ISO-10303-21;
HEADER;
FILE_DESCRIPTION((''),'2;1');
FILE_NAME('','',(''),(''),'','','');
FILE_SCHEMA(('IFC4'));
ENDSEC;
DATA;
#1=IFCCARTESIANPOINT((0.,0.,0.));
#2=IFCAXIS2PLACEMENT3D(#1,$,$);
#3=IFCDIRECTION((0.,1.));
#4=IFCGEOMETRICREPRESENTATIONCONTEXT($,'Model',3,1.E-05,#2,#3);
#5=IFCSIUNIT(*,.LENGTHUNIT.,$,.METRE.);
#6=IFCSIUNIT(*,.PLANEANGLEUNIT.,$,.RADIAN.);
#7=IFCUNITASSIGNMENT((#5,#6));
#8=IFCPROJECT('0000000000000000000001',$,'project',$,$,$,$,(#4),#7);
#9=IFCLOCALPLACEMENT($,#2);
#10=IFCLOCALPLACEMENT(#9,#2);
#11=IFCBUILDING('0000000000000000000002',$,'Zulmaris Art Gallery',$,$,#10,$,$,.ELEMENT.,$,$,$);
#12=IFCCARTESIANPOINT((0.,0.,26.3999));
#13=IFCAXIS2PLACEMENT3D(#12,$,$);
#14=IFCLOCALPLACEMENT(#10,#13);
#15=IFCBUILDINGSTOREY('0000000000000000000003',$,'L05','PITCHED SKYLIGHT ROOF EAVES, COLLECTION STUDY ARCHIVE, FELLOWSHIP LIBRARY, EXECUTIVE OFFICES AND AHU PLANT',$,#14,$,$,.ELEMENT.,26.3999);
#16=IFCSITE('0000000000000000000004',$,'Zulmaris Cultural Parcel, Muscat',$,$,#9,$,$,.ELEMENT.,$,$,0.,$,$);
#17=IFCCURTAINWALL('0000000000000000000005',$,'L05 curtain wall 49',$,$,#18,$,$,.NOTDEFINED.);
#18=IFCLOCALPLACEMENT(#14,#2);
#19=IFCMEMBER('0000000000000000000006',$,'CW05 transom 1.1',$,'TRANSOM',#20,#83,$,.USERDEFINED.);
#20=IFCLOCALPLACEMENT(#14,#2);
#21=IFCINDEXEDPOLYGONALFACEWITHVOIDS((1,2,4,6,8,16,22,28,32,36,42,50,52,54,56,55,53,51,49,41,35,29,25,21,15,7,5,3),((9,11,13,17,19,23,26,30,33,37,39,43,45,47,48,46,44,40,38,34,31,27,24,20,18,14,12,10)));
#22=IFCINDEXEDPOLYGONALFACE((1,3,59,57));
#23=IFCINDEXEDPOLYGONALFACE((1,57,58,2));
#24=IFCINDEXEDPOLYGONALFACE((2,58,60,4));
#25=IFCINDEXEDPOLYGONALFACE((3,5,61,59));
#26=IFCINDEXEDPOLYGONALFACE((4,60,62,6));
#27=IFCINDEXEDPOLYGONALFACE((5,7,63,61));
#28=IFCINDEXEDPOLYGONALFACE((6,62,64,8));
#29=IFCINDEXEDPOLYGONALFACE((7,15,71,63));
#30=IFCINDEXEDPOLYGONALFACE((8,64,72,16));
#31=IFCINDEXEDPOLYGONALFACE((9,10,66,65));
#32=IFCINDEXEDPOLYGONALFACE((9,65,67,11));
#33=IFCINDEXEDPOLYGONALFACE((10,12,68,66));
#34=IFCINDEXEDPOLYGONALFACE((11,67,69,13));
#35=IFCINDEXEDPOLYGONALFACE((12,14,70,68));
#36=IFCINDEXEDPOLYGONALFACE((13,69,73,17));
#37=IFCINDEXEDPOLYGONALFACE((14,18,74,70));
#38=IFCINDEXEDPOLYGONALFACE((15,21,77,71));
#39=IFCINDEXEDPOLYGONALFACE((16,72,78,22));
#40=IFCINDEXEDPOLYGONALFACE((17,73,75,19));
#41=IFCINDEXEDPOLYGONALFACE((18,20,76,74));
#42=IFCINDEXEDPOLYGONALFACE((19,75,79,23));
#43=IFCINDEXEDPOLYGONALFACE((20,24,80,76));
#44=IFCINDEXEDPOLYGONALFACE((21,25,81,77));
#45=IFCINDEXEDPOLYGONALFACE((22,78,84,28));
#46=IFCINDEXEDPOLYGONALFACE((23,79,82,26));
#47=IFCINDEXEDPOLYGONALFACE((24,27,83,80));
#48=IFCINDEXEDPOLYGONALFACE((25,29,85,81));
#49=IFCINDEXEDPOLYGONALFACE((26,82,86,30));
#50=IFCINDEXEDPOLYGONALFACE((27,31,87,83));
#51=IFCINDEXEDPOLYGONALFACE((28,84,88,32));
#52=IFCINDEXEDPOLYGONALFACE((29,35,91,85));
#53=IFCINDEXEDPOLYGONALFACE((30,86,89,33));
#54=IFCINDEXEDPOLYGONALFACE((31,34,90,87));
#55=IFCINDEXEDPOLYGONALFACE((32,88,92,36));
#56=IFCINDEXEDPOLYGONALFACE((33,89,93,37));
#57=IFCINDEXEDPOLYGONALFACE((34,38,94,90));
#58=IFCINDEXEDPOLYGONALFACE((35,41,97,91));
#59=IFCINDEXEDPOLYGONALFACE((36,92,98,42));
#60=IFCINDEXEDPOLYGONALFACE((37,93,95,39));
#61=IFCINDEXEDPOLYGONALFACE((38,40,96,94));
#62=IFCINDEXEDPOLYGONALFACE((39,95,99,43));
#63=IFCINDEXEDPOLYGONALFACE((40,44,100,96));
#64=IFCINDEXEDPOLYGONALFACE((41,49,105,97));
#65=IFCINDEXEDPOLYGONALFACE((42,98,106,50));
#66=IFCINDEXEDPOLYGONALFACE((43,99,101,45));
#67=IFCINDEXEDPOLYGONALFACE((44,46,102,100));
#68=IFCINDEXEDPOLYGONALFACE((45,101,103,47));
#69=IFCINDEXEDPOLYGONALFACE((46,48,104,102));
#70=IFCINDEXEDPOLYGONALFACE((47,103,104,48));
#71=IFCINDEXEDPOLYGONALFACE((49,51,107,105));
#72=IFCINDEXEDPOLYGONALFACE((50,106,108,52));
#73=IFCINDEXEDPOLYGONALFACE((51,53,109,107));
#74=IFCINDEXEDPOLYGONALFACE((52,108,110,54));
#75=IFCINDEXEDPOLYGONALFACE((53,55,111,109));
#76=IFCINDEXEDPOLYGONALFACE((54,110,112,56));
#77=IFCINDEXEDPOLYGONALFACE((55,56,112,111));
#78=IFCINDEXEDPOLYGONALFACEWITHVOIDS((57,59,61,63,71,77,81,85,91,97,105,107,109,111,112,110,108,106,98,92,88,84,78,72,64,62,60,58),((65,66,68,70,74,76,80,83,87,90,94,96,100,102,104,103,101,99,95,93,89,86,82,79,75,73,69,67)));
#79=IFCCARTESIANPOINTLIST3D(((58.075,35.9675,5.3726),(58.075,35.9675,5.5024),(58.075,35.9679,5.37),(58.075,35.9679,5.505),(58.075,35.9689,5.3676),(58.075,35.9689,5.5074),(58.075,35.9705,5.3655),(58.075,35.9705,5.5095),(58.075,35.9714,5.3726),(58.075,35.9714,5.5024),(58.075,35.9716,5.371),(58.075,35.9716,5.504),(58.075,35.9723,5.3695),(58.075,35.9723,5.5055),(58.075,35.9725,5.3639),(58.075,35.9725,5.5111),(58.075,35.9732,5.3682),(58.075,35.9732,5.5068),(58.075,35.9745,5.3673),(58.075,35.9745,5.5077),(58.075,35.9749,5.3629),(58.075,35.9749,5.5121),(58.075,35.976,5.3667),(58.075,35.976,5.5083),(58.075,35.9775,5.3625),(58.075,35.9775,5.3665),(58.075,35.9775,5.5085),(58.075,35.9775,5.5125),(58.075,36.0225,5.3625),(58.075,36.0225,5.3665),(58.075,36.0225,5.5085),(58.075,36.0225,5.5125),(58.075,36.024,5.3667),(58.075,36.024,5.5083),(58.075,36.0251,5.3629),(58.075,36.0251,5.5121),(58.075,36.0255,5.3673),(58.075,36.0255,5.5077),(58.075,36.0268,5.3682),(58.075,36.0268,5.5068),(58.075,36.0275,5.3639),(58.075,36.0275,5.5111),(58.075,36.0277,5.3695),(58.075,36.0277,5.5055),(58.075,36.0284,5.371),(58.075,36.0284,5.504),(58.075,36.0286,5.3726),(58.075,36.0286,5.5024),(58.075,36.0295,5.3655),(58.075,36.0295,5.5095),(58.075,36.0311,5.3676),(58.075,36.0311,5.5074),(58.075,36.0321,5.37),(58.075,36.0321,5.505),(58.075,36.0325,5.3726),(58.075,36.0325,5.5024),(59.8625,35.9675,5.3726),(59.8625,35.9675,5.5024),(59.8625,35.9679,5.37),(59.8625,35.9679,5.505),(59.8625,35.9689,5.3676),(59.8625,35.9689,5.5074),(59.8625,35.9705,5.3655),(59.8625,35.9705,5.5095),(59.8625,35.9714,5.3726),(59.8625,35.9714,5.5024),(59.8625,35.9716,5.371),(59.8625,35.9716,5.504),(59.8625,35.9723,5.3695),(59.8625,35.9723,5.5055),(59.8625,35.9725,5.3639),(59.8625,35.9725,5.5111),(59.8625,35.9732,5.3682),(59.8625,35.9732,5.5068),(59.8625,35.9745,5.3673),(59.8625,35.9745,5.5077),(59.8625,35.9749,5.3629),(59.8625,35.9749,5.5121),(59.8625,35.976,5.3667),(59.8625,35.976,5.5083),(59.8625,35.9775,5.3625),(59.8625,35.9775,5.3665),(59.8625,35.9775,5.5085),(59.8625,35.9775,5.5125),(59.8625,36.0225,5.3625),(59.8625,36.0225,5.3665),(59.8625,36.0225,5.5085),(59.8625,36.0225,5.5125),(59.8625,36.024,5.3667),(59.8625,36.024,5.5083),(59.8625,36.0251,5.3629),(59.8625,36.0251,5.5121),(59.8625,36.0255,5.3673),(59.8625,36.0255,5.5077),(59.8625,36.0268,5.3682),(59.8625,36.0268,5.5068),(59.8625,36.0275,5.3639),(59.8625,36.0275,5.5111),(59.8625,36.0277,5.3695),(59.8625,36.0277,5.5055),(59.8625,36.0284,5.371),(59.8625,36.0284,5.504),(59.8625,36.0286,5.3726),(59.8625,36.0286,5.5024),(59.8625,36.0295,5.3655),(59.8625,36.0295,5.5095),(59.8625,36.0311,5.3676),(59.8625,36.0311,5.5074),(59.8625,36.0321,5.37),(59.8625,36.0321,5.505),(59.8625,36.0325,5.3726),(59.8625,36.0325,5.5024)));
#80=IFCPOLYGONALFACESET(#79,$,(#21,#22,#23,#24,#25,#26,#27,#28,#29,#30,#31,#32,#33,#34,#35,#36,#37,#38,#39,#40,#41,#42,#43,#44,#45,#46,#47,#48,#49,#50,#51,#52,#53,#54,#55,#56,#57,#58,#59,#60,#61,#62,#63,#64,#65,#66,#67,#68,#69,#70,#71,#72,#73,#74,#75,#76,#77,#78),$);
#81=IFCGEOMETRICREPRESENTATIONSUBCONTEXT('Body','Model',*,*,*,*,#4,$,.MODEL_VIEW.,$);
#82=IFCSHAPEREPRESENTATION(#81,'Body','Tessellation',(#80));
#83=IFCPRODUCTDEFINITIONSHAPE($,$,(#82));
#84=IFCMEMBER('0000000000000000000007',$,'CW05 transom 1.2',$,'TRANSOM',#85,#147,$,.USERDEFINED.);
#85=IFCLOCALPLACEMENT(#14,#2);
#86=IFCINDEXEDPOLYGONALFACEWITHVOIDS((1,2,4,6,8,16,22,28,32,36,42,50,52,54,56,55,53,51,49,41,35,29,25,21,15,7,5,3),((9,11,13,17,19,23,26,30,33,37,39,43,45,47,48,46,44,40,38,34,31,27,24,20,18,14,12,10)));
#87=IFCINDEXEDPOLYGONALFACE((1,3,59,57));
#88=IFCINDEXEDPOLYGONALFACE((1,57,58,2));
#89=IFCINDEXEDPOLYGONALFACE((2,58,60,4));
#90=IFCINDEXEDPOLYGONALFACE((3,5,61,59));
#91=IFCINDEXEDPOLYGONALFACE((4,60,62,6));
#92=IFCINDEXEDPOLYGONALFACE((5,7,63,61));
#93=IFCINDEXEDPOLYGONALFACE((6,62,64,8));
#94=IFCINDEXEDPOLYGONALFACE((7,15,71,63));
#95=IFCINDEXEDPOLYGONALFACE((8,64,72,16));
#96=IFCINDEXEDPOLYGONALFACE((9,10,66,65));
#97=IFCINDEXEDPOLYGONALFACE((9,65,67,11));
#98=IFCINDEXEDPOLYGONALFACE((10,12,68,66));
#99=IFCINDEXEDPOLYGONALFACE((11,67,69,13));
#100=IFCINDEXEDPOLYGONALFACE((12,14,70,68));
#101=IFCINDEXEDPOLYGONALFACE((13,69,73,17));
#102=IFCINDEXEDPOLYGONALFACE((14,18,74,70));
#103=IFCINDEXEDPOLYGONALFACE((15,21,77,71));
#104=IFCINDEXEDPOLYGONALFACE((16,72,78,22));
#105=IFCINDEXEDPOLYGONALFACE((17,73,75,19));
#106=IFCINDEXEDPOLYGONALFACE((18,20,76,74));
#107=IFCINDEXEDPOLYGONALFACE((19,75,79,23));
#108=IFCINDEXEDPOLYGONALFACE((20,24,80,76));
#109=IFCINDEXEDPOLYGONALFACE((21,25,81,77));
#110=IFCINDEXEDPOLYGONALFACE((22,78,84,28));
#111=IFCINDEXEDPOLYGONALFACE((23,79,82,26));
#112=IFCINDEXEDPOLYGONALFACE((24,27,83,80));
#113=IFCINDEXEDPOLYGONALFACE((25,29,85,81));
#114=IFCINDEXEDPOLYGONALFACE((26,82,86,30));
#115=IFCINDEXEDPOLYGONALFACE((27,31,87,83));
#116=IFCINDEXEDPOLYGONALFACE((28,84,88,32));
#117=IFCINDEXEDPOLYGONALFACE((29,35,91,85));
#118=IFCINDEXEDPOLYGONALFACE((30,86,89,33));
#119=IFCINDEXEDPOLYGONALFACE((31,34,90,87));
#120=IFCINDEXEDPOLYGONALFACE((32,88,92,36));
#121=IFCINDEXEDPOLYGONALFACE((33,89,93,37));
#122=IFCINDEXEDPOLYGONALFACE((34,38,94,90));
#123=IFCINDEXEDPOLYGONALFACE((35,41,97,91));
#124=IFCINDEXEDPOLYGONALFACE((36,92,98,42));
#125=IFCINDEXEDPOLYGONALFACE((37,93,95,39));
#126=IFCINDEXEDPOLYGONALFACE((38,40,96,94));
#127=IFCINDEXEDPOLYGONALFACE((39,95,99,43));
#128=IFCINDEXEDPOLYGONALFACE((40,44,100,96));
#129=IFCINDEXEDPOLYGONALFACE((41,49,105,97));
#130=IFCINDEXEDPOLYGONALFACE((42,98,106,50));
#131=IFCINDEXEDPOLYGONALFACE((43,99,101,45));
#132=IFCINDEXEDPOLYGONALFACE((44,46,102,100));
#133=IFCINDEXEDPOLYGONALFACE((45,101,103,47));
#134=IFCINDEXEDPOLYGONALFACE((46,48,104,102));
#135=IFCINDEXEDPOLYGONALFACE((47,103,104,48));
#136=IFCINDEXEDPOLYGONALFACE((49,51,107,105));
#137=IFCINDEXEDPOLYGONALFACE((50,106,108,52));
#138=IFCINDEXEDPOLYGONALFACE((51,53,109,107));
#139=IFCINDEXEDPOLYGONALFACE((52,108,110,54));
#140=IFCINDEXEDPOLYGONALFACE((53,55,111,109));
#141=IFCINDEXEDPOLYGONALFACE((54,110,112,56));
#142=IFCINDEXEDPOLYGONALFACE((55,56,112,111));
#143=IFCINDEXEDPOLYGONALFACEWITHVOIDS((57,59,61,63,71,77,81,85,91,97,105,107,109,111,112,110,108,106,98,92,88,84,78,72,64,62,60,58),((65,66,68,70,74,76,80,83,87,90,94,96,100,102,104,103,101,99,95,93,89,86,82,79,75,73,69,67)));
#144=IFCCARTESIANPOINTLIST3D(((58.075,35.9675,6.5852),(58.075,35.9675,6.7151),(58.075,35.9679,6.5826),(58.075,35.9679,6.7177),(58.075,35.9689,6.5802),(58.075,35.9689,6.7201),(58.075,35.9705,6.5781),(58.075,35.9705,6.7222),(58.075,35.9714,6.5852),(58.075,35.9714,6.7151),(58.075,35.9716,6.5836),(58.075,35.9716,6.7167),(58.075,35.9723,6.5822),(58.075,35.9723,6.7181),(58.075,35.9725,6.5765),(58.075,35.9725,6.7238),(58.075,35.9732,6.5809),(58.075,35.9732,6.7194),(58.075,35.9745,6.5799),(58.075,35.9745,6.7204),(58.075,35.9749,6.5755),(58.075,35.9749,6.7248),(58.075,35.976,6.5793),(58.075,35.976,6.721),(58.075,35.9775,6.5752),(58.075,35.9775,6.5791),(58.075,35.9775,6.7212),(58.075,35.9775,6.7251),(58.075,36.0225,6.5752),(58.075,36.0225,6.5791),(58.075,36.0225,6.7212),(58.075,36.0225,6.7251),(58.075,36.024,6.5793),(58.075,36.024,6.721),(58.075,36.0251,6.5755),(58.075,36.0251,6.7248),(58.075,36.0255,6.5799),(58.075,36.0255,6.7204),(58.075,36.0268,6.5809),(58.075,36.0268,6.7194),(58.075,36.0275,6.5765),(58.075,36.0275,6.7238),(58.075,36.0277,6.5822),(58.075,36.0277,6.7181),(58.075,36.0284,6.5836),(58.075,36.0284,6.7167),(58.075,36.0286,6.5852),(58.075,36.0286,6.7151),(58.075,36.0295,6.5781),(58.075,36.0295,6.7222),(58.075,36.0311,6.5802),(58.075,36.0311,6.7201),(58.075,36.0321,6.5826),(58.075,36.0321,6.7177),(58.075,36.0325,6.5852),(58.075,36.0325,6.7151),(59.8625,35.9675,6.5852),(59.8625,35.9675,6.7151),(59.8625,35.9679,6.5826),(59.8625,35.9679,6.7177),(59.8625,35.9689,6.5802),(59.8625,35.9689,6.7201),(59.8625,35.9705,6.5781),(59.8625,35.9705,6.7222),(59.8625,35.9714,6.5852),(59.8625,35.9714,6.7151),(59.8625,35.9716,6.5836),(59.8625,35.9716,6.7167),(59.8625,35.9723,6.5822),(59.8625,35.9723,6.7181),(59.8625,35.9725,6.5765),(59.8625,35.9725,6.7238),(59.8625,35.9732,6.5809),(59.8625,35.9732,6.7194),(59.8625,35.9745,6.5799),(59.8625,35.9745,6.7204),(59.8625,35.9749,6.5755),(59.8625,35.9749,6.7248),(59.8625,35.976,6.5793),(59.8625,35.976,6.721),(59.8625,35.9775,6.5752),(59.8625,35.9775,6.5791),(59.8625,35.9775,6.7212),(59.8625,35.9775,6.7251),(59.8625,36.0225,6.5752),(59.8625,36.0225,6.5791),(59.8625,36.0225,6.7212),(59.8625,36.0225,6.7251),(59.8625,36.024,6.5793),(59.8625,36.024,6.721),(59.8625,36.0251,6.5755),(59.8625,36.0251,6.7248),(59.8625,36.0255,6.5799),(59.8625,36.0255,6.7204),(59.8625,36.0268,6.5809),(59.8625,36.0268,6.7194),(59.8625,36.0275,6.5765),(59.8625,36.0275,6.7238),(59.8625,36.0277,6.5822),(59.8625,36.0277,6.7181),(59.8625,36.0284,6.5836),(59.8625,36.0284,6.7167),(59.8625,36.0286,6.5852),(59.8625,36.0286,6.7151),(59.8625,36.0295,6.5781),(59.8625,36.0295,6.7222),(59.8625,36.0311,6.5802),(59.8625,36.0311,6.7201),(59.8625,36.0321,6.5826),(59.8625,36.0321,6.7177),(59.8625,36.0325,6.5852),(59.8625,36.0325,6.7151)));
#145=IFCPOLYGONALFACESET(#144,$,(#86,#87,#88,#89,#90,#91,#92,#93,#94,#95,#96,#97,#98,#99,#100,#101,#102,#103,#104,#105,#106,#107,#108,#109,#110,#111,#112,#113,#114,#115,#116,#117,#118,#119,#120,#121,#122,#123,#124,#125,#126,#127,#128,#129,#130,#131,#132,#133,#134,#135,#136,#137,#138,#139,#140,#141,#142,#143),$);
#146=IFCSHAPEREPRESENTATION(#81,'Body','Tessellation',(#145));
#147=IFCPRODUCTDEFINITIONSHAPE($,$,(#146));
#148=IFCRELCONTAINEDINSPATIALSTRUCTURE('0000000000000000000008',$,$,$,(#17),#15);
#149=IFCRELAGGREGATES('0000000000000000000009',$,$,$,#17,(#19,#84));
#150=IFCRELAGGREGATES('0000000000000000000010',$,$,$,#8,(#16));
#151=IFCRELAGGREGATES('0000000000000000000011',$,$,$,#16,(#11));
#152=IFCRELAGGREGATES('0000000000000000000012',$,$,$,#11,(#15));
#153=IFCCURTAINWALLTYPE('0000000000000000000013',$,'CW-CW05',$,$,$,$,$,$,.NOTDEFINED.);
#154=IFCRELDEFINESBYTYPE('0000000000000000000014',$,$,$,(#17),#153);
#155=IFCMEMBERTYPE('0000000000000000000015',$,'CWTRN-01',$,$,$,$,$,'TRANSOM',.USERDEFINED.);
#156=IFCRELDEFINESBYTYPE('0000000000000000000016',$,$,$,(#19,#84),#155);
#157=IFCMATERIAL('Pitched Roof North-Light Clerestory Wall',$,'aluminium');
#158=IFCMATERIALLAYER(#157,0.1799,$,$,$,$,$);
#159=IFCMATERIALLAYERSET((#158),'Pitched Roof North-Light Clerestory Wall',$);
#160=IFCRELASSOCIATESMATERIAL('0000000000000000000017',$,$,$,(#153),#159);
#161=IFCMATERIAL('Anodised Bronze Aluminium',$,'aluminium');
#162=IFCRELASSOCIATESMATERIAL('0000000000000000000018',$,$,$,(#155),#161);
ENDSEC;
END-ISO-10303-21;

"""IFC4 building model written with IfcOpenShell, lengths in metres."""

from ifc_helpers import new_model, si_unit, direction, frame, origin, origin_2d, place, context, subcontext, project, spatial, hollow_rectangle, extrude, material, layer, layer_set, material_profile, profile_set, type_object, element, aggregate, save


model = new_model("IFC4")

# Units and contexts
model_context = context("Model", 3, precision=1e-05, world=origin(), true_north=direction((0.0, 1.0)))
body_context = subcontext(model_context, "Body", "Model", "MODEL_VIEW")
ifc_project = project(units=[si_unit("LENGTHUNIT", "METRE"), si_unit("PLANEANGLEUNIT", "RADIAN")], contexts=[model_context])

# Site, building, storey
site_placement = place(None, origin())
site = spatial("IfcSite", under=ifc_project, at=site_placement, Name="Zulmaris Cultural Parcel, Muscat", CompositionType="ELEMENT", RefElevation=0.0)
building_placement = place(site_placement, origin())
building = spatial("IfcBuilding", under=site, at=building_placement, Name="Zulmaris Art Gallery", CompositionType="ELEMENT")
storey_placement = place(building_placement, frame((0.0, 0.0, 26.3999)))
storey = spatial("IfcBuildingStorey", under=building, at=storey_placement, Name="L05", Description="PITCHED SKYLIGHT ROOF EAVES, COLLECTION STUDY ARCHIVE, FELLOWSHIP LIBRARY, EXECUTIVE OFFICES AND AHU PLANT", CompositionType="ELEMENT", Elevation=26.3999)

# Curtain wall, members
ifc_material_1 = material(Name="Pitched Roof North-Light Clerestory Wall", Category="aluminium")
ifc_layer_1 = layer(ifc_material_1, 0.1799)
ifc_layer_set_1 = layer_set([ifc_layer_1], Name="Pitched Roof North-Light Clerestory Wall")
curtain_wall_type = type_object("IfcCurtainWallType", Name="CW-CW05", PredefinedType="NOTDEFINED", material=ifc_layer_set_1)
curtain_wall_placement = place(storey_placement, origin())
curtain_wall = element("IfcCurtainWall", 1, at=curtain_wall_placement, inside=storey, type_object=curtain_wall_type, Name="L05 curtain wall 49", PredefinedType="NOTDEFINED")
ifc_material_2 = material(Name="Anodised Bronze Aluminium", Category="aluminium")
ifc_material_profile_1 = material_profile(ifc_material_2, hollow_rectangle(XDim=0.0649, YDim=0.1499, WallThickness=0.0039, InnerFilletRadius=0.0061, OuterFilletRadius=0.01, at=origin_2d()), Name="ALU 65x150x4")
ifc_profile_set_1 = profile_set([ifc_material_profile_1], Name="Anodised Bronze Aluminium")
member_type_1 = type_object("IfcMemberType", Name="CWTRN-01", ElementType="TRANSOM", PredefinedType="USERDEFINED", material=ifc_profile_set_1)
member_1_placement = place(storey_placement, frame((58.075, 36.0, 5.4375), z_axis=(1.0, 0.0, 0.0), x_axis=(0.0, 1.0, 0.0)))
member_1 = element("IfcMember", 2, at=member_1_placement, type_object=member_type_1, Name="CW05 transom 1.1", ObjectType="TRANSOM", PredefinedType="USERDEFINED", context=body_context, shape_type="SweptSolid", body=[
    extrude(hollow_rectangle(XDim=0.0649, YDim=0.1499, WallThickness=0.0039, InnerFilletRadius=0.0061, OuterFilletRadius=0.01, at=origin_2d()), origin(), (0.0, 0.0, 1.0), 1.7876),
])
member_2_placement = place(storey_placement, frame((58.075, 36.0, 6.6501), z_axis=(1.0, 0.0, 0.0), x_axis=(0.0, 1.0, 0.0)))
member_2 = element("IfcMember", 3, at=member_2_placement, type_object=member_type_1, Name="CW05 transom 1.2", ObjectType="TRANSOM", PredefinedType="USERDEFINED", context=body_context, shape_type="SweptSolid", body=[
    extrude(hollow_rectangle(XDim=0.0649, YDim=0.1499, WallThickness=0.0039, InnerFilletRadius=0.0061, OuterFilletRadius=0.01, at=origin_2d()), origin(), (0.0, 0.0, 1.0), 1.7876),
])

aggregate(curtain_wall, [member_1, member_2])

save(model, "model.ifc")
